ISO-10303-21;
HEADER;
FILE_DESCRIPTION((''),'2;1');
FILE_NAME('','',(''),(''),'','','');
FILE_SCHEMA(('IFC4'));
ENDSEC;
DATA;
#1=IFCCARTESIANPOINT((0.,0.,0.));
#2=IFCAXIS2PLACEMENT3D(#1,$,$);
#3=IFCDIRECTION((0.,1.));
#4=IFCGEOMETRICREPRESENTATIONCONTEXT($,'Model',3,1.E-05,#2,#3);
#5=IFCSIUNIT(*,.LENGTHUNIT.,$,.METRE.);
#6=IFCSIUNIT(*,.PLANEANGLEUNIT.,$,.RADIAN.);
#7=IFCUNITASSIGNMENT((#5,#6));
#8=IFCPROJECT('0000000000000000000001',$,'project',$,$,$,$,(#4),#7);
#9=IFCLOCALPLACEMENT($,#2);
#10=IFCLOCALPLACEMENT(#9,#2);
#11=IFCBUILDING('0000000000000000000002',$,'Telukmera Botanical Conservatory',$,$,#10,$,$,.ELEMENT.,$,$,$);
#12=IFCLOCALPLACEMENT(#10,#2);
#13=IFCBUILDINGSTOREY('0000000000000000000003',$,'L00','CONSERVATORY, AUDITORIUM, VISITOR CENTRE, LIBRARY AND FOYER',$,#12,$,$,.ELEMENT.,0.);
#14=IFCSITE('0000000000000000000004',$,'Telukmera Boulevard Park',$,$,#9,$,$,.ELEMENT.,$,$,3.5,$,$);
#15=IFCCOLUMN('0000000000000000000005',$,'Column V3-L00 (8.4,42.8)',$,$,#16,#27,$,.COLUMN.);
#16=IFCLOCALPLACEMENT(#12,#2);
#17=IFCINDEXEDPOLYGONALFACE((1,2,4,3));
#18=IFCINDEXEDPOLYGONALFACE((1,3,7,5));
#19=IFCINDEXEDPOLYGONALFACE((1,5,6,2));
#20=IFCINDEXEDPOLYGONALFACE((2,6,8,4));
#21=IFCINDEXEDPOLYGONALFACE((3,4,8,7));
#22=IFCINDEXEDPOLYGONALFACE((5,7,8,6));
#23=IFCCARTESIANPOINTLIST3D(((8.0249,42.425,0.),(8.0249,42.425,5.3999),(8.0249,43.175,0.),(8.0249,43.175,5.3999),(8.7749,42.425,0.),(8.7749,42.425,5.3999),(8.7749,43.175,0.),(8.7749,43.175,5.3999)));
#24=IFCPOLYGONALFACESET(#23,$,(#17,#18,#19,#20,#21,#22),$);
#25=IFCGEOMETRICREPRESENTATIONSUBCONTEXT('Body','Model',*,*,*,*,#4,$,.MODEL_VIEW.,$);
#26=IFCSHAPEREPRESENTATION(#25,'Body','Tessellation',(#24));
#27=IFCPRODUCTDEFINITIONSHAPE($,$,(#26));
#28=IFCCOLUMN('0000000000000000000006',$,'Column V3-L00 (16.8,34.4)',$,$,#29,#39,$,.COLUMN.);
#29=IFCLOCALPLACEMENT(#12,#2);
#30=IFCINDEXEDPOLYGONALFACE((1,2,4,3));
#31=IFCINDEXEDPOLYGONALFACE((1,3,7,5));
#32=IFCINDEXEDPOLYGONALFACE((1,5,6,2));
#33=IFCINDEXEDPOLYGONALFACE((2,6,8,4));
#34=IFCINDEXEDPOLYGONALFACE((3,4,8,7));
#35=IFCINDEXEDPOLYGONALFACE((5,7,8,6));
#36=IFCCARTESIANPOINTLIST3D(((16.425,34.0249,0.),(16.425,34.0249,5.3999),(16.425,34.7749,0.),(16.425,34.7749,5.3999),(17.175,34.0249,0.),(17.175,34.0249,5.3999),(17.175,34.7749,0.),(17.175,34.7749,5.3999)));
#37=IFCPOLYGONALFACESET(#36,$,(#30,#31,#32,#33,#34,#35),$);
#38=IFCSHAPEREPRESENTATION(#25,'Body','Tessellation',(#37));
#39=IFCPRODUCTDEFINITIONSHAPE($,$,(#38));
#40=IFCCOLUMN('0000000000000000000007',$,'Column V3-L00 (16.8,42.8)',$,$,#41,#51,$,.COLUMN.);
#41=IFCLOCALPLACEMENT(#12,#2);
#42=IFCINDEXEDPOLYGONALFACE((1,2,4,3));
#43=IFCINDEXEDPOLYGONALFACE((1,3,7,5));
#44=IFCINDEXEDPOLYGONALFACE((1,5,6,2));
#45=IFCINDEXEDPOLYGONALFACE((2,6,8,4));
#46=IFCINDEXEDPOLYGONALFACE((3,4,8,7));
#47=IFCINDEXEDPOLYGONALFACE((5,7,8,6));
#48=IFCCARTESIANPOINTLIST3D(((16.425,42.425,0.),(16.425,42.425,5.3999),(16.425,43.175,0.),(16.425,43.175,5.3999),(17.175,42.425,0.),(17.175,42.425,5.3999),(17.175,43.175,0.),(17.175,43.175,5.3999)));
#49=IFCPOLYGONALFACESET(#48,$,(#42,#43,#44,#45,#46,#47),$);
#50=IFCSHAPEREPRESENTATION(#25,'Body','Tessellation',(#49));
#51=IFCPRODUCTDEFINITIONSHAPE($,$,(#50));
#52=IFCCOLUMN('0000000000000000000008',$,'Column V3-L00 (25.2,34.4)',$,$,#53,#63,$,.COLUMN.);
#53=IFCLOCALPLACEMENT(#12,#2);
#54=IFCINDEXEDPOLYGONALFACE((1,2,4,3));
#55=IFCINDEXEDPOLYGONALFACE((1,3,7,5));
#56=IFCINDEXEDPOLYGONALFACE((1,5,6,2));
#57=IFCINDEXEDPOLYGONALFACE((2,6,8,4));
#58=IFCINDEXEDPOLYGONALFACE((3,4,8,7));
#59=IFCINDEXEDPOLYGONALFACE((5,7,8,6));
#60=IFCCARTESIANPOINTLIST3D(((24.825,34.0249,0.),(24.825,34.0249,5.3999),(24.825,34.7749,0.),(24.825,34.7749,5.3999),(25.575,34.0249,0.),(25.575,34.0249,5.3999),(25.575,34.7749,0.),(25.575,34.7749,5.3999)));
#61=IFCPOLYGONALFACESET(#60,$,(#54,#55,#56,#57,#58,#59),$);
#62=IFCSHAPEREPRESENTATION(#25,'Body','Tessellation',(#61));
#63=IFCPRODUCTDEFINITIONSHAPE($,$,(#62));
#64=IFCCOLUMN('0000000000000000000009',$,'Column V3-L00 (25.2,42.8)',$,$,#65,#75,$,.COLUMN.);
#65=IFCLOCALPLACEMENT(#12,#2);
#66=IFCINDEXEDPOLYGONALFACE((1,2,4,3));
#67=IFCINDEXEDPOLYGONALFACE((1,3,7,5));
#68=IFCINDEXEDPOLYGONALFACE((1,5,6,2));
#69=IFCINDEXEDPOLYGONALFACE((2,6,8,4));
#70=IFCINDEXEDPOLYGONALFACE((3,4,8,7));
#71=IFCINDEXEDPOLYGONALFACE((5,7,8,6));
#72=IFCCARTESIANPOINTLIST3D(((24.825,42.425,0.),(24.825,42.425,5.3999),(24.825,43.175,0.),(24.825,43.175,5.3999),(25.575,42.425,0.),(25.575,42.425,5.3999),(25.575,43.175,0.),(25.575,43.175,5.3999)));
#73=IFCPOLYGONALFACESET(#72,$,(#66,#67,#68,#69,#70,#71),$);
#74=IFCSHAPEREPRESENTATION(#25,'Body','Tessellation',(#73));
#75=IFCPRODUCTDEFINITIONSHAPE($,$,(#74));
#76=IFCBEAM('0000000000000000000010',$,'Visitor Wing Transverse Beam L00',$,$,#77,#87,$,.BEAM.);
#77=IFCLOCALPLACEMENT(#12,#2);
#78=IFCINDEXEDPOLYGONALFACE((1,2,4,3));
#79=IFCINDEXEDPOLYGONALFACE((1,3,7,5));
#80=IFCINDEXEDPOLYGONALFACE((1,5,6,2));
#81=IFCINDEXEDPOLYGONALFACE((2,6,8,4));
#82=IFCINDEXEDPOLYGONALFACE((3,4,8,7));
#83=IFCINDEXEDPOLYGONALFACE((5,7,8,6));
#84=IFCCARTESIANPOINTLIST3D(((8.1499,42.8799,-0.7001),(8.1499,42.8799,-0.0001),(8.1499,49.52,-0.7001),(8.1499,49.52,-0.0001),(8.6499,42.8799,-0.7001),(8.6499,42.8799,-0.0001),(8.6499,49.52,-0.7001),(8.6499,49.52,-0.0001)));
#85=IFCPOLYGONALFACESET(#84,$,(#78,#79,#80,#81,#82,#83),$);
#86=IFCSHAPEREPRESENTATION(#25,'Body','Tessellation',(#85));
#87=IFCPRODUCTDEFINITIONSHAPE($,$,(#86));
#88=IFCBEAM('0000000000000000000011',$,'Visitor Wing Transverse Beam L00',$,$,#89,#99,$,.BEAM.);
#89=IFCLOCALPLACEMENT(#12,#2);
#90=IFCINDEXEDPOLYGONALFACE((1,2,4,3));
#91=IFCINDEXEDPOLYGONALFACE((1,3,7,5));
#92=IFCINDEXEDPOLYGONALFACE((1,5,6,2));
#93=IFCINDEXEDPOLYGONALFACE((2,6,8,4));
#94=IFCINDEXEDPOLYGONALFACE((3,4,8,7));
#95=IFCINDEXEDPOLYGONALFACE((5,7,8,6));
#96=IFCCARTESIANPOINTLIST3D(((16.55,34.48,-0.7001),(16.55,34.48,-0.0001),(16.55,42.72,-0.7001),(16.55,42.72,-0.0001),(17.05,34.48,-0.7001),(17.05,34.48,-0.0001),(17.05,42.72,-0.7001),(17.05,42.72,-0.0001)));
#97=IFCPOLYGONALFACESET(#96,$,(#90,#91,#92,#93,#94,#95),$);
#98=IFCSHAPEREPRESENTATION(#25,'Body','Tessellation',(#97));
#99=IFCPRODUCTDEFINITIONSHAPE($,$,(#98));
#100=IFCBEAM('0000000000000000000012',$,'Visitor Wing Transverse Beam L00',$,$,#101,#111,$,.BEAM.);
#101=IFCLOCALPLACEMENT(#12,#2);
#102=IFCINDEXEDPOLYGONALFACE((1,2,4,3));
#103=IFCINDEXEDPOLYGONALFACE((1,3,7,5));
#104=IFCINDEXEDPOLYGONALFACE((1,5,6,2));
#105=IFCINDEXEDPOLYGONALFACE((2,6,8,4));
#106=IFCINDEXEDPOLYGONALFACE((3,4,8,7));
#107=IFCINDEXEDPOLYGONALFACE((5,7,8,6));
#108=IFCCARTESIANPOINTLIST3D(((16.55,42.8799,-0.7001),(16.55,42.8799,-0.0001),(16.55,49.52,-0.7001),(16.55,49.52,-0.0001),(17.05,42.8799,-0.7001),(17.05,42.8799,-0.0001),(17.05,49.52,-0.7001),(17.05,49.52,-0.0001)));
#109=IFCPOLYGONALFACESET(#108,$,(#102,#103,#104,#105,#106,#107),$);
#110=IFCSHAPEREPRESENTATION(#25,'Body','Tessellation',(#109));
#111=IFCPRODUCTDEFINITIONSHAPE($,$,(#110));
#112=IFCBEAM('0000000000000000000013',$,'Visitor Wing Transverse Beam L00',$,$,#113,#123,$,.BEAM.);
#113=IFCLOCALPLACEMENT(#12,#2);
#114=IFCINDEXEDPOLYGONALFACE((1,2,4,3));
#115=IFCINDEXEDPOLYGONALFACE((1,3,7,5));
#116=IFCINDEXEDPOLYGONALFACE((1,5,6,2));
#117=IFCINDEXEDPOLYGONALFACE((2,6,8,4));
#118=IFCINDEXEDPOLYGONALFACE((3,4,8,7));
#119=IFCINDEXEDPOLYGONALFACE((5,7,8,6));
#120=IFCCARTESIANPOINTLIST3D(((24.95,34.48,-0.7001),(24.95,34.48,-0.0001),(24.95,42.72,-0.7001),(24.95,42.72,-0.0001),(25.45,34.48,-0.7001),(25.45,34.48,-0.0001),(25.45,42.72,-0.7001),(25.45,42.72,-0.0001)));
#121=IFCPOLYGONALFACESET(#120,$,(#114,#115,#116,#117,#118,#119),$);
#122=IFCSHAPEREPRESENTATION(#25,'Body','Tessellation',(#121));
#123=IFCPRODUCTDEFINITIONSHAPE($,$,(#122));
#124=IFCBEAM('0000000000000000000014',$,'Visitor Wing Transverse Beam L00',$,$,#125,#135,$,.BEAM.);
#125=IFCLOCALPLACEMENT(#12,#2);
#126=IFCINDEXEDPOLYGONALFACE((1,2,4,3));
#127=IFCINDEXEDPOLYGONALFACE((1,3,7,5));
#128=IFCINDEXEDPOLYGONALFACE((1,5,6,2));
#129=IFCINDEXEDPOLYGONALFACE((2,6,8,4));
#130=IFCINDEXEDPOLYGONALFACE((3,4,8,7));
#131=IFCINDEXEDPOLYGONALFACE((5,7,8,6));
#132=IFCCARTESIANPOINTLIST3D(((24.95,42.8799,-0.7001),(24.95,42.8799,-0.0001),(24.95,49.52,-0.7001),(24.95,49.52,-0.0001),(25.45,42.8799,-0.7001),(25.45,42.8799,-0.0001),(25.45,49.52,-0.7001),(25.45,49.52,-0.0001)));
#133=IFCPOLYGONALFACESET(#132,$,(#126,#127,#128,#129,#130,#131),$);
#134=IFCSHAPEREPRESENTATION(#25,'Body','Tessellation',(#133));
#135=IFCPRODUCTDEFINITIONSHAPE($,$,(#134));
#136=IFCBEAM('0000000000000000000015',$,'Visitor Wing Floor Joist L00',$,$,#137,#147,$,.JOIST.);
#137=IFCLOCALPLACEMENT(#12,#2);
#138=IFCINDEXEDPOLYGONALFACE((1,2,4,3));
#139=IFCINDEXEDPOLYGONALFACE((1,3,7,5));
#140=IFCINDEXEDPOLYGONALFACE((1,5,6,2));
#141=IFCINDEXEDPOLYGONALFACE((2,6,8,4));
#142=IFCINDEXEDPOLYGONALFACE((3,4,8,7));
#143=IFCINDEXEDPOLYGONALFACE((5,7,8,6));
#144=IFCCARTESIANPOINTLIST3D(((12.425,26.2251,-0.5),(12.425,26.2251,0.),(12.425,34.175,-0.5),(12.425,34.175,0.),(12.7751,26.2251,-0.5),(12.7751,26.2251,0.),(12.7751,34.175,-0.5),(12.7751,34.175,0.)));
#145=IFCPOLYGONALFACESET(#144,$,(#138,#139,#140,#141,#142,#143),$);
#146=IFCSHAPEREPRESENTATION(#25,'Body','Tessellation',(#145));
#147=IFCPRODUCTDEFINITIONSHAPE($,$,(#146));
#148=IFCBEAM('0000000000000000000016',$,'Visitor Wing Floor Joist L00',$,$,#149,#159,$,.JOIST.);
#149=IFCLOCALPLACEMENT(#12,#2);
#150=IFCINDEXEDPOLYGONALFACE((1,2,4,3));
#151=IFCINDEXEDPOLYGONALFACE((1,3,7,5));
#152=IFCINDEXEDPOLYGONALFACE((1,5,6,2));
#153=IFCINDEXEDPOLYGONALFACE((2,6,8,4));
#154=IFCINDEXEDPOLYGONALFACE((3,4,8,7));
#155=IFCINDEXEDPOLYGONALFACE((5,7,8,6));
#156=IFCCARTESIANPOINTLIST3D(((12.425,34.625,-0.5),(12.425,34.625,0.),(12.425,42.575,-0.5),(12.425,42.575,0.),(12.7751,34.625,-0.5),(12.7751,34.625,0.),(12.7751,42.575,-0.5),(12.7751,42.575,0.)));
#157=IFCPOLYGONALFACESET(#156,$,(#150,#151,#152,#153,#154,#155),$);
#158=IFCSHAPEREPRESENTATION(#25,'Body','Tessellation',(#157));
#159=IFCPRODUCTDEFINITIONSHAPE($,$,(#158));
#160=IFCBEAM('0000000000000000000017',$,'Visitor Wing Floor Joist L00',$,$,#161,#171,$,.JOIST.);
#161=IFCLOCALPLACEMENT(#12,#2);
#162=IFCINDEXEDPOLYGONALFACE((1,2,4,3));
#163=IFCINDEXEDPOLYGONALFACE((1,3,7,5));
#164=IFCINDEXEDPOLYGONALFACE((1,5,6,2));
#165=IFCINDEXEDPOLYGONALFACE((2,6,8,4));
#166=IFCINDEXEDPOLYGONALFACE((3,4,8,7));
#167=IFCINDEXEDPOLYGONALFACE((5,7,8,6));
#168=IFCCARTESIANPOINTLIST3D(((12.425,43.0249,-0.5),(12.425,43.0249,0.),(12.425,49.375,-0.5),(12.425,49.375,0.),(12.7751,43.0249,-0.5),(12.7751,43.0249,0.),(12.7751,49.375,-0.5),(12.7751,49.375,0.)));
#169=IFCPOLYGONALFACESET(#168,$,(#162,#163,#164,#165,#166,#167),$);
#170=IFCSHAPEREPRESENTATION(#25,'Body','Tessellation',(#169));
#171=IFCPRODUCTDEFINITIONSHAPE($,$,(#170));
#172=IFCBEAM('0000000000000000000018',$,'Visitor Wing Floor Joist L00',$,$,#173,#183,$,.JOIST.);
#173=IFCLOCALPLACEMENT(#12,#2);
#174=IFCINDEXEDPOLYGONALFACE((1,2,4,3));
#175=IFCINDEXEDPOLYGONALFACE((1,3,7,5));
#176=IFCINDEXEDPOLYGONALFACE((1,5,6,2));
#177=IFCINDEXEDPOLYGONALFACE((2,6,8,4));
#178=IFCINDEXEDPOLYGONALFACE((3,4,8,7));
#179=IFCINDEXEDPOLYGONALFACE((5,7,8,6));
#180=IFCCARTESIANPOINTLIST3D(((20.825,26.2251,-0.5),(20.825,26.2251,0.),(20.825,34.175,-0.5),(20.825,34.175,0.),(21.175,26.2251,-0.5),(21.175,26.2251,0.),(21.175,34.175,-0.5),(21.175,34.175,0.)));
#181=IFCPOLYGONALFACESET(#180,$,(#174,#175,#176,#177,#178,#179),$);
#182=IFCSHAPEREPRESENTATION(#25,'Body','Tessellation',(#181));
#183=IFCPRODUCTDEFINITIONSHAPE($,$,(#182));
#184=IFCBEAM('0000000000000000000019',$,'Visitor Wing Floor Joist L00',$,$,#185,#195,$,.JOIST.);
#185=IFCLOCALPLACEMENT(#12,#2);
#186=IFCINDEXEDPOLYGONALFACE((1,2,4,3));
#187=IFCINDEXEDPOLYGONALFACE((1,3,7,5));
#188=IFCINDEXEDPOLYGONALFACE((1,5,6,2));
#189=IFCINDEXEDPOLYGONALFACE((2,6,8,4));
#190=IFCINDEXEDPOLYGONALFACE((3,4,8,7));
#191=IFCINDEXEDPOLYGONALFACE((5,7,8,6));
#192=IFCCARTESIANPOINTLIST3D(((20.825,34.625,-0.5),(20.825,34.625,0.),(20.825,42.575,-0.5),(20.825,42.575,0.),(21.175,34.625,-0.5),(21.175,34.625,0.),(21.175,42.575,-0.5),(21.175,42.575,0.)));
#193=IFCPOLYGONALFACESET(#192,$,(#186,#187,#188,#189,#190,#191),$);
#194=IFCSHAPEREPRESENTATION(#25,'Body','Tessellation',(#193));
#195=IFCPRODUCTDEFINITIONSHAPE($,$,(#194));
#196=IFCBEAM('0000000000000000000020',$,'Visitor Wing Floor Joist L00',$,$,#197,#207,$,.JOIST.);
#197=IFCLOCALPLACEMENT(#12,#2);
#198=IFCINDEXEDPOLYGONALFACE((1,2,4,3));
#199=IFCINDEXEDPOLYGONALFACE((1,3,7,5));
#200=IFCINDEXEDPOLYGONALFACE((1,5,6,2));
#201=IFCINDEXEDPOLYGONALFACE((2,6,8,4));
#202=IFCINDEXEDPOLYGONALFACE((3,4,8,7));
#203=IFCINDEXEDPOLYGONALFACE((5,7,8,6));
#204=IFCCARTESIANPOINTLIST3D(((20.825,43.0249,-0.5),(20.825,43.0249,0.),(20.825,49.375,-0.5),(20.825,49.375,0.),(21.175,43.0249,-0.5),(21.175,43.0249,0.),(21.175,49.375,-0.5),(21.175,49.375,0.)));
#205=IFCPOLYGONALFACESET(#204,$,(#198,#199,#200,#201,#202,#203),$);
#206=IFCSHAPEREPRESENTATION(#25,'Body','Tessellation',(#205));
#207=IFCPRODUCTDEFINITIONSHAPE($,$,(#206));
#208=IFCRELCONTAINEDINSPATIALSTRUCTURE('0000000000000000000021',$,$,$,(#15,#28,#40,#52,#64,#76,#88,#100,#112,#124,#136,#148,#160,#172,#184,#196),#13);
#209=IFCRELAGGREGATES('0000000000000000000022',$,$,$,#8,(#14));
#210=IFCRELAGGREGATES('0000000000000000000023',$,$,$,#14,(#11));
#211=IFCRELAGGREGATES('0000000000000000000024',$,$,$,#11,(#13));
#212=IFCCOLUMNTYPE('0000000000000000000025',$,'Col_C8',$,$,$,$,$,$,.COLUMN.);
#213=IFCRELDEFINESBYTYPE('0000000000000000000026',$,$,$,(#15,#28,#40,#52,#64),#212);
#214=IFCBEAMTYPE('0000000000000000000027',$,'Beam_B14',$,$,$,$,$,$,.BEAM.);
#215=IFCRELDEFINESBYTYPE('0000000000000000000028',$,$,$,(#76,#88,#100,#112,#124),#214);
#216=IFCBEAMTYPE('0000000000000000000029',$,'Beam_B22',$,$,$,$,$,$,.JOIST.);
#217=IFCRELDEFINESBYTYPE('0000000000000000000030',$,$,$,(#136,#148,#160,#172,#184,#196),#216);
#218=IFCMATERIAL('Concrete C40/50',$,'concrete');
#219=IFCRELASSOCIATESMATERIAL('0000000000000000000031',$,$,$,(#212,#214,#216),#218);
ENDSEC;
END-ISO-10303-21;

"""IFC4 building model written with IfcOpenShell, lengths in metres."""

from ifc_helpers import new_model, si_unit, direction, frame, origin, origin_2d, place, context, subcontext, project, spatial, rectangle, extrude, material, material_profile, profile_set, type_object, element, save


model = new_model("IFC4")

# Units and contexts
model_context = context("Model", 3, precision=1e-05, world=origin(), true_north=direction((0.0, 1.0)))
body_context = subcontext(model_context, "Body", "Model", "MODEL_VIEW")
ifc_project = project(units=[si_unit("LENGTHUNIT", "METRE"), si_unit("PLANEANGLEUNIT", "RADIAN")], contexts=[model_context])

# Site, building, storey
site_placement = place(None, origin())
site = spatial("IfcSite", under=ifc_project, at=site_placement, Name="Telukmera Boulevard Park", CompositionType="ELEMENT", RefElevation=3.5)
building_placement = place(site_placement, origin())
building = spatial("IfcBuilding", under=site, at=building_placement, Name="Telukmera Botanical Conservatory", CompositionType="ELEMENT")
storey_placement = place(building_placement, origin())
storey = spatial("IfcBuildingStorey", under=building, at=storey_placement, Name="L00", Description="CONSERVATORY, AUDITORIUM, VISITOR CENTRE, LIBRARY AND FOYER", CompositionType="ELEMENT", Elevation=0.0)

# Columns
ifc_material_1 = material(Name="Concrete C40/50", Category="concrete")
ifc_material_profile_1 = material_profile(ifc_material_1, rectangle(XDim=0.75, YDim=0.75, at=origin_2d()), Name="RC 750x750")
ifc_profile_set_1 = profile_set([ifc_material_profile_1], Name="Concrete C40/50")
column_type = type_object("IfcColumnType", Name="Col_C8", PredefinedType="COLUMN", material=ifc_profile_set_1)
for number, where, z_axis, x_axis, name in (
    (1, (8.3999, 42.8, 0.0), (0.0, 0.0, 1.0), (1.0, 0.0, 0.0), "Column V3-L00 (8.4,42.8)"),
    (2, (16.8, 34.3999, 0.0), (0.0, 0.0, 1.0), (1.0, 0.0, 0.0), "Column V3-L00 (16.8,34.4)"),
    (3, (16.8, 42.8, 0.0), (0.0, 0.0, 1.0), (1.0, 0.0, 0.0), "Column V3-L00 (16.8,42.8)"),
    (4, (25.2, 34.3999, 0.0), (0.0, 0.0, 1.0), (1.0, 0.0, 0.0), "Column V3-L00 (25.2,34.4)"),
    (5, (25.2, 42.8, 0.0), (0.0, 0.0, 1.0), (1.0, 0.0, 0.0), "Column V3-L00 (25.2,42.8)"),
):
    element("IfcColumn", number, at=place(storey_placement, frame(where, z_axis=z_axis, x_axis=x_axis)), inside=storey, type_object=column_type, Name=name, PredefinedType="COLUMN", context=body_context, shape_type="SweptSolid", body=[
        extrude(rectangle(XDim=0.75, YDim=0.75, at=origin_2d()), origin(), (0.0, 0.0, 1.0), 5.3999),
    ])

# Beams
ifc_material_profile_2 = material_profile(ifc_material_1, rectangle(XDim=0.5, YDim=0.7, at=origin_2d()), Name="RC 500x700")
ifc_profile_set_2 = profile_set([ifc_material_profile_2], Name="Concrete C40/50")
beam_type_1 = type_object("IfcBeamType", Name="Beam_B14", PredefinedType="BEAM", material=ifc_profile_set_2)
beam_1_placement = place(storey_placement, frame((8.3999, 42.8799, -0.3501), z_axis=(0.0, 1.0, 0.0), x_axis=(-1.0, 0.0, 0.0)))
element("IfcBeam", 6, at=beam_1_placement, inside=storey, type_object=beam_type_1, Name="Visitor Wing Transverse Beam L00", PredefinedType="BEAM", context=body_context, shape_type="SweptSolid", body=[
    extrude(rectangle(XDim=0.5, YDim=0.7, at=origin_2d()), origin(), (0.0, 0.0, 1.0), 6.6401),
])
beam_2_placement = place(storey_placement, frame((16.8, 34.48, -0.3501), z_axis=(0.0, 1.0, 0.0), x_axis=(-1.0, 0.0, 0.0)))
element("IfcBeam", 7, at=beam_2_placement, inside=storey, type_object=beam_type_1, Name="Visitor Wing Transverse Beam L00", PredefinedType="BEAM", context=body_context, shape_type="SweptSolid", body=[
    extrude(rectangle(XDim=0.5, YDim=0.7, at=origin_2d()), origin(), (0.0, 0.0, 1.0), 8.24),
])
beam_3_placement = place(storey_placement, frame((16.8, 42.8799, -0.3501), z_axis=(0.0, 1.0, 0.0), x_axis=(-1.0, 0.0, 0.0)))
element("IfcBeam", 8, at=beam_3_placement, inside=storey, type_object=beam_type_1, Name="Visitor Wing Transverse Beam L00", PredefinedType="BEAM", context=body_context, shape_type="SweptSolid", body=[
    extrude(rectangle(XDim=0.5, YDim=0.7, at=origin_2d()), origin(), (0.0, 0.0, 1.0), 6.6401),
])
beam_4_placement = place(storey_placement, frame((25.2, 34.48, -0.3501), z_axis=(0.0, 1.0, 0.0), x_axis=(-1.0, 0.0, 0.0)))
element("IfcBeam", 9, at=beam_4_placement, inside=storey, type_object=beam_type_1, Name="Visitor Wing Transverse Beam L00", PredefinedType="BEAM", context=body_context, shape_type="SweptSolid", body=[
    extrude(rectangle(XDim=0.5, YDim=0.7, at=origin_2d()), origin(), (0.0, 0.0, 1.0), 8.24),
])
beam_5_placement = place(storey_placement, frame((25.2, 42.8799, -0.3501), z_axis=(0.0, 1.0, 0.0), x_axis=(-1.0, 0.0, 0.0)))
element("IfcBeam", 10, at=beam_5_placement, inside=storey, type_object=beam_type_1, Name="Visitor Wing Transverse Beam L00", PredefinedType="BEAM", context=body_context, shape_type="SweptSolid", body=[
    extrude(rectangle(XDim=0.5, YDim=0.7, at=origin_2d()), origin(), (0.0, 0.0, 1.0), 6.6401),
])
ifc_material_profile_3 = material_profile(ifc_material_1, rectangle(XDim=0.3501, YDim=0.5, at=origin_2d()), Name="RC 350x500")
ifc_profile_set_3 = profile_set([ifc_material_profile_3], Name="Concrete C40/50")
beam_type_2 = type_object("IfcBeamType", Name="Beam_B22", PredefinedType="JOIST", material=ifc_profile_set_3)
for number, where, z_axis, x_axis, name in (
    (11, (12.6001, 26.2251, -0.25), (0.0, 1.0, 0.0), (-1.0, 0.0, 0.0), "Visitor Wing Floor Joist L00"),
    (12, (12.6001, 34.625, -0.25), (0.0, 1.0, 0.0), (-1.0, 0.0, 0.0), "Visitor Wing Floor Joist L00"),
):
    element("IfcBeam", number, at=place(storey_placement, frame(where, z_axis=z_axis, x_axis=x_axis)), inside=storey, type_object=beam_type_2, Name=name, PredefinedType="JOIST", context=body_context, shape_type="SweptSolid", body=[
        extrude(rectangle(XDim=0.3501, YDim=0.5, at=origin_2d()), origin(), (0.0, 0.0, 1.0), 7.95),
    ])
beam_6_placement = place(storey_placement, frame((12.6001, 43.0249, -0.25), z_axis=(0.0, 1.0, 0.0), x_axis=(-1.0, 0.0, 0.0)))
element("IfcBeam", 13, at=beam_6_placement, inside=storey, type_object=beam_type_2, Name="Visitor Wing Floor Joist L00", PredefinedType="JOIST", context=body_context, shape_type="SweptSolid", body=[
    extrude(rectangle(XDim=0.3501, YDim=0.5, at=origin_2d()), origin(), (0.0, 0.0, 1.0), 6.3501),
])
for number, where, z_axis, x_axis, name in (
    (14, (21.0, 26.2251, -0.25), (0.0, 1.0, 0.0), (-1.0, 0.0, 0.0), "Visitor Wing Floor Joist L00"),
    (15, (21.0, 34.625, -0.25), (0.0, 1.0, 0.0), (-1.0, 0.0, 0.0), "Visitor Wing Floor Joist L00"),
):
    element("IfcBeam", number, at=place(storey_placement, frame(where, z_axis=z_axis, x_axis=x_axis)), inside=storey, type_object=beam_type_2, Name=name, PredefinedType="JOIST", context=body_context, shape_type="SweptSolid", body=[
        extrude(rectangle(XDim=0.3501, YDim=0.5, at=origin_2d()), origin(), (0.0, 0.0, 1.0), 7.95),
    ])
beam_7_placement = place(storey_placement, frame((21.0, 43.0249, -0.25), z_axis=(0.0, 1.0, 0.0), x_axis=(-1.0, 0.0, 0.0)))
element("IfcBeam", 16, at=beam_7_placement, inside=storey, type_object=beam_type_2, Name="Visitor Wing Floor Joist L00", PredefinedType="JOIST", context=body_context, shape_type="SweptSolid", body=[
    extrude(rectangle(XDim=0.3501, YDim=0.5, at=origin_2d()), origin(), (0.0, 0.0, 1.0), 6.3501),
])

save(model, "model.ifc")
